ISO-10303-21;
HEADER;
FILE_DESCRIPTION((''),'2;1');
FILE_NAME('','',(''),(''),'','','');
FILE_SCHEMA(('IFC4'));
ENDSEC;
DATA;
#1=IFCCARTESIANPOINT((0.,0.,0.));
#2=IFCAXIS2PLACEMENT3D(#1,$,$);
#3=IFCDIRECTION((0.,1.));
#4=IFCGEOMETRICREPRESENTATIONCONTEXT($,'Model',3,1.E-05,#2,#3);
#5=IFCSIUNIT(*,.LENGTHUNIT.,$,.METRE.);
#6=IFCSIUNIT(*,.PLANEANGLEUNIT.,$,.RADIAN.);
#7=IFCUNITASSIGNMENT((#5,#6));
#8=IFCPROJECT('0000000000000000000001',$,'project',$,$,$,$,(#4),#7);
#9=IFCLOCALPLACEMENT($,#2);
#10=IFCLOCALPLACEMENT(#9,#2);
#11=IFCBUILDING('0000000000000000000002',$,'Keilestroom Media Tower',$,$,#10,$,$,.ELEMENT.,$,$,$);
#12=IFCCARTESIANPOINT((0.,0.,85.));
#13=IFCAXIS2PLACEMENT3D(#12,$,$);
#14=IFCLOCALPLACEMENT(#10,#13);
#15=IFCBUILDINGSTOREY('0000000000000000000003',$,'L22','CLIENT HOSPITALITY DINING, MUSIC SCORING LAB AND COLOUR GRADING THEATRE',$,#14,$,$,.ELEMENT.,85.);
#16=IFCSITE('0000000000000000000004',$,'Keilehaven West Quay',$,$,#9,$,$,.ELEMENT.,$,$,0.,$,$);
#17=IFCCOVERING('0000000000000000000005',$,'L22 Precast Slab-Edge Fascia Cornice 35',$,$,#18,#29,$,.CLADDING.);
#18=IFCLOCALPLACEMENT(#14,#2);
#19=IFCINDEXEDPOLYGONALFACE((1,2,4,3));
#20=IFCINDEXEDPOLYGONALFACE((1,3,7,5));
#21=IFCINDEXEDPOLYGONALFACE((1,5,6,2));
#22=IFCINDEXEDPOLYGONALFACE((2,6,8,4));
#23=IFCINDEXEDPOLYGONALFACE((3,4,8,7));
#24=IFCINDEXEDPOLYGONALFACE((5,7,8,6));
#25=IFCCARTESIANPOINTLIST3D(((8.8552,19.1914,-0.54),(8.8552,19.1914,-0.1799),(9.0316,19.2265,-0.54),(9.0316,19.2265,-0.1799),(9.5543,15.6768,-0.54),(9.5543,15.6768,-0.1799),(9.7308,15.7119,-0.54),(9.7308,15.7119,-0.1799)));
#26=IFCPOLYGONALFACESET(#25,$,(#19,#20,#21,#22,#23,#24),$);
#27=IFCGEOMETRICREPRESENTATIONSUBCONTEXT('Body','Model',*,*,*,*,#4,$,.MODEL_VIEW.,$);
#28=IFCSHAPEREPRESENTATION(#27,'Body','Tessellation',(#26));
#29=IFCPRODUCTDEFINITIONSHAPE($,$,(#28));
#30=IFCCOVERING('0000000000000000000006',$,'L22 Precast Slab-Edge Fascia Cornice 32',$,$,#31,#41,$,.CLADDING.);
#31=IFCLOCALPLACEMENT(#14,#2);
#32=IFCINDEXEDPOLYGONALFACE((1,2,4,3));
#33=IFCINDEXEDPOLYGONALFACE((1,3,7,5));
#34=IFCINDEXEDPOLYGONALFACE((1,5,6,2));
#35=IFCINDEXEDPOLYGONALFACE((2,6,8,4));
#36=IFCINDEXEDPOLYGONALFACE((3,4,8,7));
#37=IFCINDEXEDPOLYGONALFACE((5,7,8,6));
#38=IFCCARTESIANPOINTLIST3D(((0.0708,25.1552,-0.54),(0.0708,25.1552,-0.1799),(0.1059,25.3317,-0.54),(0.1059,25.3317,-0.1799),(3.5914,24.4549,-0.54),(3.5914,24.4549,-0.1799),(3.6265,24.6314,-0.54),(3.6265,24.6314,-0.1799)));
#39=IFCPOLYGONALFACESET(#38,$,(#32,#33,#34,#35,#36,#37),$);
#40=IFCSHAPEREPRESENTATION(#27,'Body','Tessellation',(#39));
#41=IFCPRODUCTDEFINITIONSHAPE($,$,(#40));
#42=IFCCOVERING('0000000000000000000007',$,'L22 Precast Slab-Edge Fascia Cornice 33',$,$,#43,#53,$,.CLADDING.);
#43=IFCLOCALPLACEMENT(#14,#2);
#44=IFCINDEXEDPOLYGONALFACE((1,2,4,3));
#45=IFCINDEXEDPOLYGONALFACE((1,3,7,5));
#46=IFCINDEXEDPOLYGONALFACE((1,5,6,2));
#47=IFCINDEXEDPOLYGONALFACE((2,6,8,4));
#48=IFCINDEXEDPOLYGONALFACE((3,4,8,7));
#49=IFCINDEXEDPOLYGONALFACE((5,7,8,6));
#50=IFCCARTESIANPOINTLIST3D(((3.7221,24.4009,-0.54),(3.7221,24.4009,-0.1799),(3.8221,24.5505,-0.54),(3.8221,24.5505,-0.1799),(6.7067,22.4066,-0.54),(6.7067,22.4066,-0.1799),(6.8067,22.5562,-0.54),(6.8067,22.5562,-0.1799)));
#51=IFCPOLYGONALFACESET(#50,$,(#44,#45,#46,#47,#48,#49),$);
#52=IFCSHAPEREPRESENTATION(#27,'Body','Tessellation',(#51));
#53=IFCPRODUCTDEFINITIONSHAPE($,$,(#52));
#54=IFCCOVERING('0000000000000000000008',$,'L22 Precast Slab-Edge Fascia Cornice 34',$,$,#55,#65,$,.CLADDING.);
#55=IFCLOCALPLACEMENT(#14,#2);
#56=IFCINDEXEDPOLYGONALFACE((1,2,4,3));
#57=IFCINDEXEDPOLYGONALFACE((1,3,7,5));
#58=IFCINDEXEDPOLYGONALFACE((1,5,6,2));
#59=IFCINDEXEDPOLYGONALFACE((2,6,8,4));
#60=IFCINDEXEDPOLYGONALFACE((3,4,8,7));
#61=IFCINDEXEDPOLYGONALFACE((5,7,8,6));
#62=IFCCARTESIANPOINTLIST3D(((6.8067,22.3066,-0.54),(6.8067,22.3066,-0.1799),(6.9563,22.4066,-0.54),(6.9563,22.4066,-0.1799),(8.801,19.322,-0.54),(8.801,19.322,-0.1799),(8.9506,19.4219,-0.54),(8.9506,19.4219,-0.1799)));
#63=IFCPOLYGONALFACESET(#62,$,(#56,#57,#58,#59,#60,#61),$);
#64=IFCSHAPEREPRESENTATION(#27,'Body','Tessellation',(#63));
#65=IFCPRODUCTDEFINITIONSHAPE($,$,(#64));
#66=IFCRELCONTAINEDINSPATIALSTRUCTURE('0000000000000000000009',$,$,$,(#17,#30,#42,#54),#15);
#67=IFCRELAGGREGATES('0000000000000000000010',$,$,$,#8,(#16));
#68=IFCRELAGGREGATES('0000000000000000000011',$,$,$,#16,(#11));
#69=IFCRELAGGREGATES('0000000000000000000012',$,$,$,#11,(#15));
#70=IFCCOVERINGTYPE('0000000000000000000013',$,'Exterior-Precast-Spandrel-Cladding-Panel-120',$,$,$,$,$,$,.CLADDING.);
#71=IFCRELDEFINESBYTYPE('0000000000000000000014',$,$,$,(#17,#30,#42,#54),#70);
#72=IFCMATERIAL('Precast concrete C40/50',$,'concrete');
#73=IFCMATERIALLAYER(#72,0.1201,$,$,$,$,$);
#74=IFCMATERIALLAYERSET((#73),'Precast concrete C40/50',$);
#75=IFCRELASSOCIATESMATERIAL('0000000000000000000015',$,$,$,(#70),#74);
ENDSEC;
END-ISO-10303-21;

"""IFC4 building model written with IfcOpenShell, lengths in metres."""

from ifc_helpers import new_model, si_unit, direction, frame, origin, origin_2d, place, context, subcontext, project, spatial, rectangle, extrude, source, transform, mapped, material, layer, layer_set, type_object, element, save


model = new_model("IFC4")

# Units and contexts
model_context = context("Model", 3, precision=1e-05, world=origin(), true_north=direction((0.0, 1.0)))
body_context = subcontext(model_context, "Body", "Model", "MODEL_VIEW")
ifc_project = project(units=[si_unit("LENGTHUNIT", "METRE"), si_unit("PLANEANGLEUNIT", "RADIAN")], contexts=[model_context])

# Site, building, storey
site_placement = place(None, origin())
site = spatial("IfcSite", under=ifc_project, at=site_placement, Name="Keilehaven West Quay", CompositionType="ELEMENT", RefElevation=0.0)
building_placement = place(site_placement, origin())
building = spatial("IfcBuilding", under=site, at=building_placement, Name="Keilestroom Media Tower", CompositionType="ELEMENT")
storey_placement = place(building_placement, frame((0.0, 0.0, 85.0)))
storey = spatial("IfcBuildingStorey", under=building, at=storey_placement, Name="L22", Description="CLIENT HOSPITALITY DINING, MUSIC SCORING LAB AND COLOUR GRADING THEATRE", CompositionType="ELEMENT", Elevation=85.0)

# Shared definitions
ifc_material_1 = material(Name="Precast concrete C40/50", Category="concrete")

# Coverings
ifc_layer_1 = layer(ifc_material_1, 0.1201)
ifc_layer_set_1 = layer_set([ifc_layer_1], Name="Precast concrete C40/50")
covering_type = type_object("IfcCoveringType", Name="Exterior-Precast-Spandrel-Cladding-Panel-120", PredefinedType="CLADDING", material=ifc_layer_set_1)
shared_shape_1 = source(origin(), body_context, "Body", "SweptSolid", [
    extrude(rectangle(XDim=3.5835, YDim=0.1799, at=origin_2d()), origin(), (0.0, 0.0, 1.0), 0.3601),
])
covering_1_placement = place(storey_placement, frame((9.293, 17.4517, -0.54), z_axis=(0.0, 0.0, 1.0), x_axis=(0.195099, -0.980784, 0.0)))
element("IfcCovering", 1, at=covering_1_placement, inside=storey, type_object=covering_type, Name="L22 Precast Slab-Edge Fascia Cornice 35", PredefinedType="CLADDING", context=body_context, shape_type="MappedRepresentation", body=[
    mapped(shared_shape_1, transform((0.0, 0.0, 0.0), x_axis=(1.0, 0.0, 0.0), y_axis=(0.0, 1.0, 0.0), z_axis=(0.0, 0.0, 1.0), scale=1.0)),
])
shared_shape_2 = source(origin(), body_context, "Body", "SweptSolid", [
    extrude(rectangle(XDim=3.5896, YDim=0.1799, at=origin_2d()), origin(), (0.0, 0.0, 1.0), 0.3601),
])
for number, where, z_axis, x_axis, name in (
    (2, (1.8486, 24.8933, -0.54), (0.0, 0.0, 1.0), (0.980784, -0.195099, 0.0), "L22 Precast Slab-Edge Fascia Cornice 32"),
    (3, (5.2644, 23.4785, -0.54), (0.0, 0.0, 1.0), (0.831467, -0.555575, 0.0), "L22 Precast Slab-Edge Fascia Cornice 33"),
    (4, (7.8787, 20.8643, -0.54), (0.0, 0.0, 1.0), (0.555575, -0.831467, 0.0), "L22 Precast Slab-Edge Fascia Cornice 34"),
):
    element("IfcCovering", number, at=place(storey_placement, frame(where, z_axis=z_axis, x_axis=x_axis)), inside=storey, type_object=covering_type, Name=name, PredefinedType="CLADDING", context=body_context, shape_type="MappedRepresentation", body=[
        mapped(shared_shape_2, transform((0.0, 0.0, 0.0), x_axis=(1.0, 0.0, 0.0), y_axis=(0.0, 1.0, 0.0), z_axis=(0.0, 0.0, 1.0), scale=1.0)),
    ])

save(model, "model.ifc")
